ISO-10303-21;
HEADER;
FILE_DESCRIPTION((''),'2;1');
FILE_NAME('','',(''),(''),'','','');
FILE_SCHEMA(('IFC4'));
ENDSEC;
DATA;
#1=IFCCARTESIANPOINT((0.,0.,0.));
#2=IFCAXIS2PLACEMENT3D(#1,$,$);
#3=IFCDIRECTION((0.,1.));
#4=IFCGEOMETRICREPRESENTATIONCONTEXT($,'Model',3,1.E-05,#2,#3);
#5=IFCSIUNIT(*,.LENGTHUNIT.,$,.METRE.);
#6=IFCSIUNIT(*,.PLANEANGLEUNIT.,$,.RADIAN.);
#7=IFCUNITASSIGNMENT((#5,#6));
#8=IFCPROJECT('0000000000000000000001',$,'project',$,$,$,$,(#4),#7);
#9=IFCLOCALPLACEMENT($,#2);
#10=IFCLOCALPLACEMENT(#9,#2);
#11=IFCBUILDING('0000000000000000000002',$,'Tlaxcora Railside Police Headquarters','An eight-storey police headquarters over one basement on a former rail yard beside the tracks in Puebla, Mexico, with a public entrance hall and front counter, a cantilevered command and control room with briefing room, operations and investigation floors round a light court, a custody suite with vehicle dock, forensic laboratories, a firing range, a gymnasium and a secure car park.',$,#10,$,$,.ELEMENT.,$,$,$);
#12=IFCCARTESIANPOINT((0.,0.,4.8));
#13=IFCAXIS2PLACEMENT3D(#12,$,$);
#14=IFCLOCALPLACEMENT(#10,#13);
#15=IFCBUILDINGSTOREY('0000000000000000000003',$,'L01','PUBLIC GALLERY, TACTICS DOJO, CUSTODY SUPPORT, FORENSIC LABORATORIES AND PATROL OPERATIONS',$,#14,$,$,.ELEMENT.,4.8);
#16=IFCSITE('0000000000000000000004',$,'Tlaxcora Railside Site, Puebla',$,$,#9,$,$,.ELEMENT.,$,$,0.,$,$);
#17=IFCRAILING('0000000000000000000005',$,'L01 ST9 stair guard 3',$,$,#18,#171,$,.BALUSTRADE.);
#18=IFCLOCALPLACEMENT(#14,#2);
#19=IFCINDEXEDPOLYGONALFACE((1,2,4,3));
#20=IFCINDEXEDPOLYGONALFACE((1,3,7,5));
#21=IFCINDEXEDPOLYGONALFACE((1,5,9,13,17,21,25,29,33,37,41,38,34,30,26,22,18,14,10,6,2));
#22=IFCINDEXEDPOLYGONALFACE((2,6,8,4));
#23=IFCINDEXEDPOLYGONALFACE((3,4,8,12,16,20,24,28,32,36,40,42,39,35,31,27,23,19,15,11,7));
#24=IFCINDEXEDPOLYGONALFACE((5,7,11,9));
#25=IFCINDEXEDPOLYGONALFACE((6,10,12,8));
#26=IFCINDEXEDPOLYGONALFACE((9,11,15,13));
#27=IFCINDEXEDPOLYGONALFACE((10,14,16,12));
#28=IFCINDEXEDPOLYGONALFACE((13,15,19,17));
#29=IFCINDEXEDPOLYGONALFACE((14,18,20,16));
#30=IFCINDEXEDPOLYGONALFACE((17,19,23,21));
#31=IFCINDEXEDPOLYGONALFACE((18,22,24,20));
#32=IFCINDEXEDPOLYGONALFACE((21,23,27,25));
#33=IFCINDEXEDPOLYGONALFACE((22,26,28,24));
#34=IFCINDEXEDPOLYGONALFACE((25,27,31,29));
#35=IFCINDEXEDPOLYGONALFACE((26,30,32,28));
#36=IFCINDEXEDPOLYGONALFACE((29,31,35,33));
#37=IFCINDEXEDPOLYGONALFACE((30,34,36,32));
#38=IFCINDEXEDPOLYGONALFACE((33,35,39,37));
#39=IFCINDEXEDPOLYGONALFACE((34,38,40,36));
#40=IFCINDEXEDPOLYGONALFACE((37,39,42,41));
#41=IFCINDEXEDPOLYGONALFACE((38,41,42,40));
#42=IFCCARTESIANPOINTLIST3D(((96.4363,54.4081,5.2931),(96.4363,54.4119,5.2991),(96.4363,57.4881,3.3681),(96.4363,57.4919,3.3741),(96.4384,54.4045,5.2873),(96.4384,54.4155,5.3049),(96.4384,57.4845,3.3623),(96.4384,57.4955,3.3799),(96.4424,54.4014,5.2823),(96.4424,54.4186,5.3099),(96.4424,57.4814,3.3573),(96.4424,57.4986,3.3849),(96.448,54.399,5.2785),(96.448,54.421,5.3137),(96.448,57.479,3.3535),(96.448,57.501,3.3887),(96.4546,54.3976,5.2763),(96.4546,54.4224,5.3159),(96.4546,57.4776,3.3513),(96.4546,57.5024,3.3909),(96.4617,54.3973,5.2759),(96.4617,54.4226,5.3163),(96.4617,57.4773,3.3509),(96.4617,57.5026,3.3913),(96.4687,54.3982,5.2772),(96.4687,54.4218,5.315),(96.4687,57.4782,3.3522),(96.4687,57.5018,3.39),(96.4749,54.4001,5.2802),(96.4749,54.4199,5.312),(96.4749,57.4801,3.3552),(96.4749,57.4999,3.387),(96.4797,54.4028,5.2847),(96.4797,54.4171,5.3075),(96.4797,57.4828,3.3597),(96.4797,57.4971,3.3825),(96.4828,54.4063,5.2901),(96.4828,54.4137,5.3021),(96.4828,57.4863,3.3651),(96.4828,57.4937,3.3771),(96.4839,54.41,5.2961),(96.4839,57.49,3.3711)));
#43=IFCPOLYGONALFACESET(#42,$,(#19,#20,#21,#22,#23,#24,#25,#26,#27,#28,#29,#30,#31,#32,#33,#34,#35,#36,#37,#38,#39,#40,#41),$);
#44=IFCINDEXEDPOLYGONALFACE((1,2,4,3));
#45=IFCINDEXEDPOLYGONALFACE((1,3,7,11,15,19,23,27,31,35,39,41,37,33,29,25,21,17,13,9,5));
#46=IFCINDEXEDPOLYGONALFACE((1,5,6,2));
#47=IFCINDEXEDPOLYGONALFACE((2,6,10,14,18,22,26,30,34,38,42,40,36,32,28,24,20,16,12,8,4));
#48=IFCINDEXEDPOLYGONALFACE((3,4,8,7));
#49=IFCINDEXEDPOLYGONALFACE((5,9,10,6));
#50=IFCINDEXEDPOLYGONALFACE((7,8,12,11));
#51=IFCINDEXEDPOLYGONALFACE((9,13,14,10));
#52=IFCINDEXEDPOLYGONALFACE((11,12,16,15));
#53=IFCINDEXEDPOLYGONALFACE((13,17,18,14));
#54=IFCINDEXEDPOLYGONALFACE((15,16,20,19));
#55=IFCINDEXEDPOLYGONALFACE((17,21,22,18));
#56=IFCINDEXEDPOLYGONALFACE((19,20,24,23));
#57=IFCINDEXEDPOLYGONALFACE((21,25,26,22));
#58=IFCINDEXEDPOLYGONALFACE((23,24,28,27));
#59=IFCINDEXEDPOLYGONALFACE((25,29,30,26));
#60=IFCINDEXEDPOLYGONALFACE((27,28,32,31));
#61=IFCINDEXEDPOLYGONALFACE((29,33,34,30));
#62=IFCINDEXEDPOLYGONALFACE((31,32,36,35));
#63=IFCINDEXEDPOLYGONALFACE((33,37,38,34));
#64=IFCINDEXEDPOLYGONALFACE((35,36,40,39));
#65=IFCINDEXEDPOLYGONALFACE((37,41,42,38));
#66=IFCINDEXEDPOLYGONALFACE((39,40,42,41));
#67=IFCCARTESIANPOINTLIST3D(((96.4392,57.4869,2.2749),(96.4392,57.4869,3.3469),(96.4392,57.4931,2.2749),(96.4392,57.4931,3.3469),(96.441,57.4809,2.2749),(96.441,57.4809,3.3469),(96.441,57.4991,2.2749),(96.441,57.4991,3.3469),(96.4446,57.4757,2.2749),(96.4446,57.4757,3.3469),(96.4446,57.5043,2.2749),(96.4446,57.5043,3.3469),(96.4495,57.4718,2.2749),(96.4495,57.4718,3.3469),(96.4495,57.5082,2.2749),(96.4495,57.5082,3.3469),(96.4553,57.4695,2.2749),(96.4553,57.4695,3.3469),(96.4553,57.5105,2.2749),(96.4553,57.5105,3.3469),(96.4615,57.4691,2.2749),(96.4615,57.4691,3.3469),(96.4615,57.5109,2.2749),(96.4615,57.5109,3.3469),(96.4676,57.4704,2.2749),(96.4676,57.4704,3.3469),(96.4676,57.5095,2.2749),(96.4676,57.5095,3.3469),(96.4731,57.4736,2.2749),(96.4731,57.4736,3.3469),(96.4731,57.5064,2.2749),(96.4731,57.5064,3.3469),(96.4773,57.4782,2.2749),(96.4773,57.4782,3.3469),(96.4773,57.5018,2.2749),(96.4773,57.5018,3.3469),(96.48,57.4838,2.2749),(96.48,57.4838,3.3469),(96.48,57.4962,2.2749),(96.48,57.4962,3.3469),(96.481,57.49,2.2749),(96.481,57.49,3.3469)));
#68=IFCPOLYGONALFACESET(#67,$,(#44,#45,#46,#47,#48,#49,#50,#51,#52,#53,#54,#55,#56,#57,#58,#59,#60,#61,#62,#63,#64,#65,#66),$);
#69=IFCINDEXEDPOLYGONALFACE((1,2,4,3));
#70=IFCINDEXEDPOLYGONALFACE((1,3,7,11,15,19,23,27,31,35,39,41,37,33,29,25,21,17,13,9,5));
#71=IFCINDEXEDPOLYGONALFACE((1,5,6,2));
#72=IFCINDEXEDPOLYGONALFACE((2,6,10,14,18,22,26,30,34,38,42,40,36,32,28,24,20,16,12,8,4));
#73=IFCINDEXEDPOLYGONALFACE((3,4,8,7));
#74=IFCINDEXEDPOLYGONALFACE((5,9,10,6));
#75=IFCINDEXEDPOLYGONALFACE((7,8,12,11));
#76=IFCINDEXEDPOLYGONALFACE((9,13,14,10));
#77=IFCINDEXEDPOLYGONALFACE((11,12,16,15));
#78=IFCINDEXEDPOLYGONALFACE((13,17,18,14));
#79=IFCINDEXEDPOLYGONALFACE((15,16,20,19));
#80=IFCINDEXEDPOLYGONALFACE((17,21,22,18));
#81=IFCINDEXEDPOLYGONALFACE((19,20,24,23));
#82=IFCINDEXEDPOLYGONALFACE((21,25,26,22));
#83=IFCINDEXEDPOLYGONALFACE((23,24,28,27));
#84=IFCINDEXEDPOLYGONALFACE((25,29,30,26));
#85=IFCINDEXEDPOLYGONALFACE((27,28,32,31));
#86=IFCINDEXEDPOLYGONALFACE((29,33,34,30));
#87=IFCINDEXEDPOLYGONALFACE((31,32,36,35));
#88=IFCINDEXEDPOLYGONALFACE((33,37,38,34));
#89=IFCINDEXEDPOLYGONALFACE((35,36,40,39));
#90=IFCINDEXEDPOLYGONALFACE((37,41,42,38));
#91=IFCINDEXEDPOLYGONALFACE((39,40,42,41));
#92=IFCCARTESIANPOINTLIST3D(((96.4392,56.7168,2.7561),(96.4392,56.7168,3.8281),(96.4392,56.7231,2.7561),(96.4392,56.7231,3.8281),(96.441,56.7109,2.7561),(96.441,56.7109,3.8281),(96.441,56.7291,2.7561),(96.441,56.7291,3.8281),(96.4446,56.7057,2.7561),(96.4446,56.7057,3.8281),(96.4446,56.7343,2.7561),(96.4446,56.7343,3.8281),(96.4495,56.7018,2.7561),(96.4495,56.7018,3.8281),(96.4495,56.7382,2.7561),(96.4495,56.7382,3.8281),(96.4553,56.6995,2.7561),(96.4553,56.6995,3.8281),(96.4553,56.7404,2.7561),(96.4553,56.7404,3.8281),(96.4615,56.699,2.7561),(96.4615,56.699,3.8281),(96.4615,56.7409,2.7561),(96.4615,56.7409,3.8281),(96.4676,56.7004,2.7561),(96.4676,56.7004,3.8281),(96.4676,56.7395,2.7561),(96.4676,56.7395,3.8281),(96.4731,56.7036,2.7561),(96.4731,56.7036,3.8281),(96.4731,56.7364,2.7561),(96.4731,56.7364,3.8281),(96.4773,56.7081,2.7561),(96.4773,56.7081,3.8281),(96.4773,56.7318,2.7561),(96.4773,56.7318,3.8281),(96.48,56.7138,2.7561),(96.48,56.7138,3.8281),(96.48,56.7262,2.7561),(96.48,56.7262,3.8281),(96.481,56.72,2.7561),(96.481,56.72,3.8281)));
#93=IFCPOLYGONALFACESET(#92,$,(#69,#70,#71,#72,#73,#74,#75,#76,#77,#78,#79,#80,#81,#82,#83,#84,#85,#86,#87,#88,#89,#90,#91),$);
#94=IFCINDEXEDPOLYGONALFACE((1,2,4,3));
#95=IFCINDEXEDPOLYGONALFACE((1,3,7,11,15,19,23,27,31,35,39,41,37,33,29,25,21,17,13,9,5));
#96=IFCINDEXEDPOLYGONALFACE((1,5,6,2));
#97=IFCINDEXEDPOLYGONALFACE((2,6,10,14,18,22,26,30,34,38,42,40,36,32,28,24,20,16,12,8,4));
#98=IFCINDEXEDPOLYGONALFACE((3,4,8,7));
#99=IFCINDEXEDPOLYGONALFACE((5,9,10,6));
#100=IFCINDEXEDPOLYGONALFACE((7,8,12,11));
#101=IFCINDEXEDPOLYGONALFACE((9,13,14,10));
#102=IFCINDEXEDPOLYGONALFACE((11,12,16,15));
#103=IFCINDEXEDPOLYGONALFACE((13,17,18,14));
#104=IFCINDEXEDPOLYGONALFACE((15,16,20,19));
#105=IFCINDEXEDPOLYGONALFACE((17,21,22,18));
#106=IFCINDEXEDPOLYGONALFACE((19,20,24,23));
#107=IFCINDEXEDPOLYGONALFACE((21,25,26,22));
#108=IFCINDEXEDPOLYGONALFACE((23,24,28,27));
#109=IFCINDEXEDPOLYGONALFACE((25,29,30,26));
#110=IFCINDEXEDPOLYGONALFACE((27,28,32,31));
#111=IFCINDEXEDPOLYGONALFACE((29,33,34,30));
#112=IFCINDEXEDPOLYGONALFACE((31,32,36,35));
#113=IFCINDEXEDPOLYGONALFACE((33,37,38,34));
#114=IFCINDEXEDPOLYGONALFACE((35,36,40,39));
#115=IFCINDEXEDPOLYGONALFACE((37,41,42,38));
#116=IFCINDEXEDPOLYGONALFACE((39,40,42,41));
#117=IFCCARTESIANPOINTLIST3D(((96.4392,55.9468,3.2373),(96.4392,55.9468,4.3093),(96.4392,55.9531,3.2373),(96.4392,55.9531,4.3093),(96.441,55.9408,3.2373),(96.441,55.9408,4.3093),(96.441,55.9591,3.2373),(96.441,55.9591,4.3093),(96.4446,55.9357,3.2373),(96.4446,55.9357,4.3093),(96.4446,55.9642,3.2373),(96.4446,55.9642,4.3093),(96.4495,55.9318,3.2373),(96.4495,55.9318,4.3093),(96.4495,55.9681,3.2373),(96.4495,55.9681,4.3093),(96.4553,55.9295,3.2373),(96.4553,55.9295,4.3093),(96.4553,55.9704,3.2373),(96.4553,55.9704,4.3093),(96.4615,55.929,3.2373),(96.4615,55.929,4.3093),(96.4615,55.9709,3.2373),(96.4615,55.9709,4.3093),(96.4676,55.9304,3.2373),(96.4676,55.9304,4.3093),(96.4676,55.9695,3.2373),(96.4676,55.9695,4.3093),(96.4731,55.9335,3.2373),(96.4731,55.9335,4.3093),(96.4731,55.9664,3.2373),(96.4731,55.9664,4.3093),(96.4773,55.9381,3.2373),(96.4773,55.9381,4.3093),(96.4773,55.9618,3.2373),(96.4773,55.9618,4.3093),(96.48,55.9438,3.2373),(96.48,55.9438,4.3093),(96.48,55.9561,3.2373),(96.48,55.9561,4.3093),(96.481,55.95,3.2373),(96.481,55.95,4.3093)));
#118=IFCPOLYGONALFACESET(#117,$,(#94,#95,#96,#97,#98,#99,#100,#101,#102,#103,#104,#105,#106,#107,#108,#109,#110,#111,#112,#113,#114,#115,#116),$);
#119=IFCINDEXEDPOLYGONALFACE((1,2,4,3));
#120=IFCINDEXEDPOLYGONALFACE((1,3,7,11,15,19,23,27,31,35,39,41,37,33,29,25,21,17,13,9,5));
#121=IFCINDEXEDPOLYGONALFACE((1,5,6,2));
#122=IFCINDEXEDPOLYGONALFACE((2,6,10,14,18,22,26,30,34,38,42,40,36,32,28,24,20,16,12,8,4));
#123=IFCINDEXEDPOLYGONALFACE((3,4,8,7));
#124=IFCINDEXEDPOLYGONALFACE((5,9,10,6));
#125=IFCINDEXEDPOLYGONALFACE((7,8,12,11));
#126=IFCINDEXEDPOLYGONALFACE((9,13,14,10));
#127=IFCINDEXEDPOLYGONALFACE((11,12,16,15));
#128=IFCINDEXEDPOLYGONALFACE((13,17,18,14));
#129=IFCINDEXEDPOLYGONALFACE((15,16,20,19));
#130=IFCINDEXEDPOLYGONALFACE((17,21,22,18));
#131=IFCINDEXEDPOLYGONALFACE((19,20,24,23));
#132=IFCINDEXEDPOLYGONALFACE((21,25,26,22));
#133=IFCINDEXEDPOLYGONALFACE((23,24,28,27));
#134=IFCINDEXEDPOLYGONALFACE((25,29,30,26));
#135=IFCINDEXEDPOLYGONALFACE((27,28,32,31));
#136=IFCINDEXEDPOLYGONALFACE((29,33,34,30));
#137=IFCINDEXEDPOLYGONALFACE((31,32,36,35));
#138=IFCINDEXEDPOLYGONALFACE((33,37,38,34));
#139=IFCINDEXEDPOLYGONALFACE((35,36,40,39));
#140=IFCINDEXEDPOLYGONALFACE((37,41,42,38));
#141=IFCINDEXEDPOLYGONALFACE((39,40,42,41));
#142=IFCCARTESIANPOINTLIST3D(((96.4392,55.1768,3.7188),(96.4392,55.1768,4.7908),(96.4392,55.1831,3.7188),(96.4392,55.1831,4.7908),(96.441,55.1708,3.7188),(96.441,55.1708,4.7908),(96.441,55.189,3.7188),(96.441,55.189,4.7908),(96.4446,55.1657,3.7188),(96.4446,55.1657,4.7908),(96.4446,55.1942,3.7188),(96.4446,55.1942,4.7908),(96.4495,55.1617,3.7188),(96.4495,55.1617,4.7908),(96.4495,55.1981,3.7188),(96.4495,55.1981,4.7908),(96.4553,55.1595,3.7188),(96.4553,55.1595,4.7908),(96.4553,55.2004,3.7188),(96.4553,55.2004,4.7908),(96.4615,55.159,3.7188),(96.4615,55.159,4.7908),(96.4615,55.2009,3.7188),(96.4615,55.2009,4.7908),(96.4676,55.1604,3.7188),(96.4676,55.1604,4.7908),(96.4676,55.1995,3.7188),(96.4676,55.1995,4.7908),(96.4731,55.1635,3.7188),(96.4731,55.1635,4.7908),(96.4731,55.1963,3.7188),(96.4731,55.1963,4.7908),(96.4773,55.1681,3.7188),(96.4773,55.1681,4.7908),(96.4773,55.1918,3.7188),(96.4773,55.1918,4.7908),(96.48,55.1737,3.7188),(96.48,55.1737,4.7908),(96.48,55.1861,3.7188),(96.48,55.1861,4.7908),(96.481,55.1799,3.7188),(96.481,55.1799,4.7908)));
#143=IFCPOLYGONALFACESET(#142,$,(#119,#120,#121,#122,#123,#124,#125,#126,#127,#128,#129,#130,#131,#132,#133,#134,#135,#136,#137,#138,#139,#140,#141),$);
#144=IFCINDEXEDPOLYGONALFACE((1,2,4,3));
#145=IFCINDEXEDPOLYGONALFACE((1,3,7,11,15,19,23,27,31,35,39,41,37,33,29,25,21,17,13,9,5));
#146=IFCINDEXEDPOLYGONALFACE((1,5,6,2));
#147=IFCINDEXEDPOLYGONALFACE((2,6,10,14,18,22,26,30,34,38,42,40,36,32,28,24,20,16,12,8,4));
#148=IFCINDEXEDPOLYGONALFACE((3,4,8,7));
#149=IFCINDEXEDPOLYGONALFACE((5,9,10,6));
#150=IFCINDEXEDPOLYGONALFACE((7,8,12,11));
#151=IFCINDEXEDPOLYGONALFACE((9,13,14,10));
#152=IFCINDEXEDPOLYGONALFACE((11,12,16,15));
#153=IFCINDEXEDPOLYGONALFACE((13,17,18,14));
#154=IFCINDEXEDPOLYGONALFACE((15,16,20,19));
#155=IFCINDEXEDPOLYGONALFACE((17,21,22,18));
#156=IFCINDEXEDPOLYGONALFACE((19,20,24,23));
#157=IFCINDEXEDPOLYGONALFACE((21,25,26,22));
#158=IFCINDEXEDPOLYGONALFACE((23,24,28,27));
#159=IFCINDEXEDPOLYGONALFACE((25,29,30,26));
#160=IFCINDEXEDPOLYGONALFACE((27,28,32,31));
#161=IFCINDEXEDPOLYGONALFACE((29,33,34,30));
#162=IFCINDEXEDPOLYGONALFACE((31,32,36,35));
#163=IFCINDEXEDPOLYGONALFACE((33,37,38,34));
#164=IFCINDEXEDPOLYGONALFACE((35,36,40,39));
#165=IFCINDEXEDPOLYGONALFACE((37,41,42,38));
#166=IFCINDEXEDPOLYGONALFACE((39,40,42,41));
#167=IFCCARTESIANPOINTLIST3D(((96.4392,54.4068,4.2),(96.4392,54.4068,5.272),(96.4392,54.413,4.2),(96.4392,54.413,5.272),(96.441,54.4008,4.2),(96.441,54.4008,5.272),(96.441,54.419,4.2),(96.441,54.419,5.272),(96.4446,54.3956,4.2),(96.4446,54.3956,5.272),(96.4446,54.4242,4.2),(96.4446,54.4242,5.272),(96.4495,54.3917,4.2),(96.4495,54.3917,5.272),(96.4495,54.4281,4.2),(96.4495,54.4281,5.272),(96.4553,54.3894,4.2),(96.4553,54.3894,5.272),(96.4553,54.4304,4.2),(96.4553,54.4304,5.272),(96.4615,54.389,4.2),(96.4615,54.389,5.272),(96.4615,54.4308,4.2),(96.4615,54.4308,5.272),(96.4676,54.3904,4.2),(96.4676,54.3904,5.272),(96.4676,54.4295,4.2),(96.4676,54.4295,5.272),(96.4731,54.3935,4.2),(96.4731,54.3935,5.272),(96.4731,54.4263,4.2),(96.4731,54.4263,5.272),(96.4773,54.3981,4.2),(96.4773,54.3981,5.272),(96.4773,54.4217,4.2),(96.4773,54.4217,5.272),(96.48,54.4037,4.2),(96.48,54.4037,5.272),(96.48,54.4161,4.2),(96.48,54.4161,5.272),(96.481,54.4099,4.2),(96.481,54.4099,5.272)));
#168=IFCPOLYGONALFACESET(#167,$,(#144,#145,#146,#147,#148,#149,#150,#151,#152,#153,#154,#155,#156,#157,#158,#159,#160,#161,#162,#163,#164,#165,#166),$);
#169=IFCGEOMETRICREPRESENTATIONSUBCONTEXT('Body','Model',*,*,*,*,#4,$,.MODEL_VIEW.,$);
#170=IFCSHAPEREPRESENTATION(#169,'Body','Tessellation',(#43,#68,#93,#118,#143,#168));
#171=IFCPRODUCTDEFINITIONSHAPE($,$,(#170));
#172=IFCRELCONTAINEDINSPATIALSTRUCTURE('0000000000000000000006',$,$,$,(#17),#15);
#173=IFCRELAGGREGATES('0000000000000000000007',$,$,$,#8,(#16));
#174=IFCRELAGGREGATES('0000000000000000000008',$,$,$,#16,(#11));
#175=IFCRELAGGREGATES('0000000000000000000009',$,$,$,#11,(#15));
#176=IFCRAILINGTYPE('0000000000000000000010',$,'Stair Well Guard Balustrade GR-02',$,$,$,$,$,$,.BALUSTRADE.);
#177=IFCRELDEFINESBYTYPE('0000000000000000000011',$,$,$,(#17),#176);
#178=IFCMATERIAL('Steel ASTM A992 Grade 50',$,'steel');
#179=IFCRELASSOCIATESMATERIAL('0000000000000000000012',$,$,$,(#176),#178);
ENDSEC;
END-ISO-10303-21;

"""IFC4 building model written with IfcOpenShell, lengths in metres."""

from ifc_helpers import new_model, si_unit, direction, frame, origin, origin_2d, place, context, subcontext, project, spatial, circle, extrude, material, type_object, element, save


model = new_model("IFC4")

# Units and contexts
model_context = context("Model", 3, precision=1e-05, world=origin(), true_north=direction((0.0, 1.0)))
body_context = subcontext(model_context, "Body", "Model", "MODEL_VIEW")
ifc_project = project(units=[si_unit("LENGTHUNIT", "METRE"), si_unit("PLANEANGLEUNIT", "RADIAN")], contexts=[model_context])

# Site, building, storey
site_placement = place(None, origin())
site = spatial("IfcSite", under=ifc_project, at=site_placement, Name="Tlaxcora Railside Site, Puebla", CompositionType="ELEMENT", RefElevation=0.0)
building_placement = place(site_placement, origin())
building = spatial("IfcBuilding", under=site, at=building_placement, Name="Tlaxcora Railside Police Headquarters", Description="An eight-storey police headquarters over one basement on a former rail yard beside the tracks in Puebla, Mexico, with a public entrance hall and front counter, a cantilevered command and control room with briefing room, operations and investigation floors round a light court, a custody suite with vehicle dock, forensic laboratories, a firing range, a gymnasium and a secure car park.", CompositionType="ELEMENT")
storey_placement = place(building_placement, frame((0.0, 0.0, 4.8)))
storey = spatial("IfcBuildingStorey", under=building, at=storey_placement, Name="L01", Description="PUBLIC GALLERY, TACTICS DOJO, CUSTODY SUPPORT, FORENSIC LABORATORIES AND PATROL OPERATIONS", CompositionType="ELEMENT", Elevation=4.8)

# Shared definitions
ifc_material_1 = material(Name="Steel ASTM A992 Grade 50", Category="steel")

# Railing
railing_type_1 = type_object("IfcRailingType", Name="Stair Well Guard Balustrade GR-02", PredefinedType="BALUSTRADE", material=ifc_material_1)
railing_1_placement = place(storey_placement, frame((96.46, 57.49, 2.2749)))
element("IfcRailing", 1, at=railing_1_placement, inside=storey, type_object=railing_type_1, Name="L01 ST9 stair guard 3", PredefinedType="BALUSTRADE", context=body_context, shape_type="SweptSolid", body=[
    extrude(circle(Radius=0.0239, at=origin_2d()), frame((0.0, 0.0, 1.0962), z_axis=(0.0, -0.847998, 0.529999), x_axis=(1.0, 0.0, 0.0)), (0.0, 0.0, 1.0), 3.6321),
    extrude(circle(Radius=0.021, at=origin_2d()), origin(), (0.0, 0.0, 1.0), 1.072),
    extrude(circle(Radius=0.021, at=origin_2d()), frame((0.0, -0.77, 0.4812)), (0.0, 0.0, 1.0), 1.072),
    extrude(circle(Radius=0.021, at=origin_2d()), frame((0.0, -1.54, 0.9624)), (0.0, 0.0, 1.0), 1.072),
    extrude(circle(Radius=0.021, at=origin_2d()), frame((0.0, -2.3101, 1.4438)), (0.0, 0.0, 1.0), 1.072),
    extrude(circle(Radius=0.021, at=origin_2d()), frame((0.0, -3.0801, 1.925)), (0.0, 0.0, 1.0), 1.072),
])

save(model, "model.ifc")
